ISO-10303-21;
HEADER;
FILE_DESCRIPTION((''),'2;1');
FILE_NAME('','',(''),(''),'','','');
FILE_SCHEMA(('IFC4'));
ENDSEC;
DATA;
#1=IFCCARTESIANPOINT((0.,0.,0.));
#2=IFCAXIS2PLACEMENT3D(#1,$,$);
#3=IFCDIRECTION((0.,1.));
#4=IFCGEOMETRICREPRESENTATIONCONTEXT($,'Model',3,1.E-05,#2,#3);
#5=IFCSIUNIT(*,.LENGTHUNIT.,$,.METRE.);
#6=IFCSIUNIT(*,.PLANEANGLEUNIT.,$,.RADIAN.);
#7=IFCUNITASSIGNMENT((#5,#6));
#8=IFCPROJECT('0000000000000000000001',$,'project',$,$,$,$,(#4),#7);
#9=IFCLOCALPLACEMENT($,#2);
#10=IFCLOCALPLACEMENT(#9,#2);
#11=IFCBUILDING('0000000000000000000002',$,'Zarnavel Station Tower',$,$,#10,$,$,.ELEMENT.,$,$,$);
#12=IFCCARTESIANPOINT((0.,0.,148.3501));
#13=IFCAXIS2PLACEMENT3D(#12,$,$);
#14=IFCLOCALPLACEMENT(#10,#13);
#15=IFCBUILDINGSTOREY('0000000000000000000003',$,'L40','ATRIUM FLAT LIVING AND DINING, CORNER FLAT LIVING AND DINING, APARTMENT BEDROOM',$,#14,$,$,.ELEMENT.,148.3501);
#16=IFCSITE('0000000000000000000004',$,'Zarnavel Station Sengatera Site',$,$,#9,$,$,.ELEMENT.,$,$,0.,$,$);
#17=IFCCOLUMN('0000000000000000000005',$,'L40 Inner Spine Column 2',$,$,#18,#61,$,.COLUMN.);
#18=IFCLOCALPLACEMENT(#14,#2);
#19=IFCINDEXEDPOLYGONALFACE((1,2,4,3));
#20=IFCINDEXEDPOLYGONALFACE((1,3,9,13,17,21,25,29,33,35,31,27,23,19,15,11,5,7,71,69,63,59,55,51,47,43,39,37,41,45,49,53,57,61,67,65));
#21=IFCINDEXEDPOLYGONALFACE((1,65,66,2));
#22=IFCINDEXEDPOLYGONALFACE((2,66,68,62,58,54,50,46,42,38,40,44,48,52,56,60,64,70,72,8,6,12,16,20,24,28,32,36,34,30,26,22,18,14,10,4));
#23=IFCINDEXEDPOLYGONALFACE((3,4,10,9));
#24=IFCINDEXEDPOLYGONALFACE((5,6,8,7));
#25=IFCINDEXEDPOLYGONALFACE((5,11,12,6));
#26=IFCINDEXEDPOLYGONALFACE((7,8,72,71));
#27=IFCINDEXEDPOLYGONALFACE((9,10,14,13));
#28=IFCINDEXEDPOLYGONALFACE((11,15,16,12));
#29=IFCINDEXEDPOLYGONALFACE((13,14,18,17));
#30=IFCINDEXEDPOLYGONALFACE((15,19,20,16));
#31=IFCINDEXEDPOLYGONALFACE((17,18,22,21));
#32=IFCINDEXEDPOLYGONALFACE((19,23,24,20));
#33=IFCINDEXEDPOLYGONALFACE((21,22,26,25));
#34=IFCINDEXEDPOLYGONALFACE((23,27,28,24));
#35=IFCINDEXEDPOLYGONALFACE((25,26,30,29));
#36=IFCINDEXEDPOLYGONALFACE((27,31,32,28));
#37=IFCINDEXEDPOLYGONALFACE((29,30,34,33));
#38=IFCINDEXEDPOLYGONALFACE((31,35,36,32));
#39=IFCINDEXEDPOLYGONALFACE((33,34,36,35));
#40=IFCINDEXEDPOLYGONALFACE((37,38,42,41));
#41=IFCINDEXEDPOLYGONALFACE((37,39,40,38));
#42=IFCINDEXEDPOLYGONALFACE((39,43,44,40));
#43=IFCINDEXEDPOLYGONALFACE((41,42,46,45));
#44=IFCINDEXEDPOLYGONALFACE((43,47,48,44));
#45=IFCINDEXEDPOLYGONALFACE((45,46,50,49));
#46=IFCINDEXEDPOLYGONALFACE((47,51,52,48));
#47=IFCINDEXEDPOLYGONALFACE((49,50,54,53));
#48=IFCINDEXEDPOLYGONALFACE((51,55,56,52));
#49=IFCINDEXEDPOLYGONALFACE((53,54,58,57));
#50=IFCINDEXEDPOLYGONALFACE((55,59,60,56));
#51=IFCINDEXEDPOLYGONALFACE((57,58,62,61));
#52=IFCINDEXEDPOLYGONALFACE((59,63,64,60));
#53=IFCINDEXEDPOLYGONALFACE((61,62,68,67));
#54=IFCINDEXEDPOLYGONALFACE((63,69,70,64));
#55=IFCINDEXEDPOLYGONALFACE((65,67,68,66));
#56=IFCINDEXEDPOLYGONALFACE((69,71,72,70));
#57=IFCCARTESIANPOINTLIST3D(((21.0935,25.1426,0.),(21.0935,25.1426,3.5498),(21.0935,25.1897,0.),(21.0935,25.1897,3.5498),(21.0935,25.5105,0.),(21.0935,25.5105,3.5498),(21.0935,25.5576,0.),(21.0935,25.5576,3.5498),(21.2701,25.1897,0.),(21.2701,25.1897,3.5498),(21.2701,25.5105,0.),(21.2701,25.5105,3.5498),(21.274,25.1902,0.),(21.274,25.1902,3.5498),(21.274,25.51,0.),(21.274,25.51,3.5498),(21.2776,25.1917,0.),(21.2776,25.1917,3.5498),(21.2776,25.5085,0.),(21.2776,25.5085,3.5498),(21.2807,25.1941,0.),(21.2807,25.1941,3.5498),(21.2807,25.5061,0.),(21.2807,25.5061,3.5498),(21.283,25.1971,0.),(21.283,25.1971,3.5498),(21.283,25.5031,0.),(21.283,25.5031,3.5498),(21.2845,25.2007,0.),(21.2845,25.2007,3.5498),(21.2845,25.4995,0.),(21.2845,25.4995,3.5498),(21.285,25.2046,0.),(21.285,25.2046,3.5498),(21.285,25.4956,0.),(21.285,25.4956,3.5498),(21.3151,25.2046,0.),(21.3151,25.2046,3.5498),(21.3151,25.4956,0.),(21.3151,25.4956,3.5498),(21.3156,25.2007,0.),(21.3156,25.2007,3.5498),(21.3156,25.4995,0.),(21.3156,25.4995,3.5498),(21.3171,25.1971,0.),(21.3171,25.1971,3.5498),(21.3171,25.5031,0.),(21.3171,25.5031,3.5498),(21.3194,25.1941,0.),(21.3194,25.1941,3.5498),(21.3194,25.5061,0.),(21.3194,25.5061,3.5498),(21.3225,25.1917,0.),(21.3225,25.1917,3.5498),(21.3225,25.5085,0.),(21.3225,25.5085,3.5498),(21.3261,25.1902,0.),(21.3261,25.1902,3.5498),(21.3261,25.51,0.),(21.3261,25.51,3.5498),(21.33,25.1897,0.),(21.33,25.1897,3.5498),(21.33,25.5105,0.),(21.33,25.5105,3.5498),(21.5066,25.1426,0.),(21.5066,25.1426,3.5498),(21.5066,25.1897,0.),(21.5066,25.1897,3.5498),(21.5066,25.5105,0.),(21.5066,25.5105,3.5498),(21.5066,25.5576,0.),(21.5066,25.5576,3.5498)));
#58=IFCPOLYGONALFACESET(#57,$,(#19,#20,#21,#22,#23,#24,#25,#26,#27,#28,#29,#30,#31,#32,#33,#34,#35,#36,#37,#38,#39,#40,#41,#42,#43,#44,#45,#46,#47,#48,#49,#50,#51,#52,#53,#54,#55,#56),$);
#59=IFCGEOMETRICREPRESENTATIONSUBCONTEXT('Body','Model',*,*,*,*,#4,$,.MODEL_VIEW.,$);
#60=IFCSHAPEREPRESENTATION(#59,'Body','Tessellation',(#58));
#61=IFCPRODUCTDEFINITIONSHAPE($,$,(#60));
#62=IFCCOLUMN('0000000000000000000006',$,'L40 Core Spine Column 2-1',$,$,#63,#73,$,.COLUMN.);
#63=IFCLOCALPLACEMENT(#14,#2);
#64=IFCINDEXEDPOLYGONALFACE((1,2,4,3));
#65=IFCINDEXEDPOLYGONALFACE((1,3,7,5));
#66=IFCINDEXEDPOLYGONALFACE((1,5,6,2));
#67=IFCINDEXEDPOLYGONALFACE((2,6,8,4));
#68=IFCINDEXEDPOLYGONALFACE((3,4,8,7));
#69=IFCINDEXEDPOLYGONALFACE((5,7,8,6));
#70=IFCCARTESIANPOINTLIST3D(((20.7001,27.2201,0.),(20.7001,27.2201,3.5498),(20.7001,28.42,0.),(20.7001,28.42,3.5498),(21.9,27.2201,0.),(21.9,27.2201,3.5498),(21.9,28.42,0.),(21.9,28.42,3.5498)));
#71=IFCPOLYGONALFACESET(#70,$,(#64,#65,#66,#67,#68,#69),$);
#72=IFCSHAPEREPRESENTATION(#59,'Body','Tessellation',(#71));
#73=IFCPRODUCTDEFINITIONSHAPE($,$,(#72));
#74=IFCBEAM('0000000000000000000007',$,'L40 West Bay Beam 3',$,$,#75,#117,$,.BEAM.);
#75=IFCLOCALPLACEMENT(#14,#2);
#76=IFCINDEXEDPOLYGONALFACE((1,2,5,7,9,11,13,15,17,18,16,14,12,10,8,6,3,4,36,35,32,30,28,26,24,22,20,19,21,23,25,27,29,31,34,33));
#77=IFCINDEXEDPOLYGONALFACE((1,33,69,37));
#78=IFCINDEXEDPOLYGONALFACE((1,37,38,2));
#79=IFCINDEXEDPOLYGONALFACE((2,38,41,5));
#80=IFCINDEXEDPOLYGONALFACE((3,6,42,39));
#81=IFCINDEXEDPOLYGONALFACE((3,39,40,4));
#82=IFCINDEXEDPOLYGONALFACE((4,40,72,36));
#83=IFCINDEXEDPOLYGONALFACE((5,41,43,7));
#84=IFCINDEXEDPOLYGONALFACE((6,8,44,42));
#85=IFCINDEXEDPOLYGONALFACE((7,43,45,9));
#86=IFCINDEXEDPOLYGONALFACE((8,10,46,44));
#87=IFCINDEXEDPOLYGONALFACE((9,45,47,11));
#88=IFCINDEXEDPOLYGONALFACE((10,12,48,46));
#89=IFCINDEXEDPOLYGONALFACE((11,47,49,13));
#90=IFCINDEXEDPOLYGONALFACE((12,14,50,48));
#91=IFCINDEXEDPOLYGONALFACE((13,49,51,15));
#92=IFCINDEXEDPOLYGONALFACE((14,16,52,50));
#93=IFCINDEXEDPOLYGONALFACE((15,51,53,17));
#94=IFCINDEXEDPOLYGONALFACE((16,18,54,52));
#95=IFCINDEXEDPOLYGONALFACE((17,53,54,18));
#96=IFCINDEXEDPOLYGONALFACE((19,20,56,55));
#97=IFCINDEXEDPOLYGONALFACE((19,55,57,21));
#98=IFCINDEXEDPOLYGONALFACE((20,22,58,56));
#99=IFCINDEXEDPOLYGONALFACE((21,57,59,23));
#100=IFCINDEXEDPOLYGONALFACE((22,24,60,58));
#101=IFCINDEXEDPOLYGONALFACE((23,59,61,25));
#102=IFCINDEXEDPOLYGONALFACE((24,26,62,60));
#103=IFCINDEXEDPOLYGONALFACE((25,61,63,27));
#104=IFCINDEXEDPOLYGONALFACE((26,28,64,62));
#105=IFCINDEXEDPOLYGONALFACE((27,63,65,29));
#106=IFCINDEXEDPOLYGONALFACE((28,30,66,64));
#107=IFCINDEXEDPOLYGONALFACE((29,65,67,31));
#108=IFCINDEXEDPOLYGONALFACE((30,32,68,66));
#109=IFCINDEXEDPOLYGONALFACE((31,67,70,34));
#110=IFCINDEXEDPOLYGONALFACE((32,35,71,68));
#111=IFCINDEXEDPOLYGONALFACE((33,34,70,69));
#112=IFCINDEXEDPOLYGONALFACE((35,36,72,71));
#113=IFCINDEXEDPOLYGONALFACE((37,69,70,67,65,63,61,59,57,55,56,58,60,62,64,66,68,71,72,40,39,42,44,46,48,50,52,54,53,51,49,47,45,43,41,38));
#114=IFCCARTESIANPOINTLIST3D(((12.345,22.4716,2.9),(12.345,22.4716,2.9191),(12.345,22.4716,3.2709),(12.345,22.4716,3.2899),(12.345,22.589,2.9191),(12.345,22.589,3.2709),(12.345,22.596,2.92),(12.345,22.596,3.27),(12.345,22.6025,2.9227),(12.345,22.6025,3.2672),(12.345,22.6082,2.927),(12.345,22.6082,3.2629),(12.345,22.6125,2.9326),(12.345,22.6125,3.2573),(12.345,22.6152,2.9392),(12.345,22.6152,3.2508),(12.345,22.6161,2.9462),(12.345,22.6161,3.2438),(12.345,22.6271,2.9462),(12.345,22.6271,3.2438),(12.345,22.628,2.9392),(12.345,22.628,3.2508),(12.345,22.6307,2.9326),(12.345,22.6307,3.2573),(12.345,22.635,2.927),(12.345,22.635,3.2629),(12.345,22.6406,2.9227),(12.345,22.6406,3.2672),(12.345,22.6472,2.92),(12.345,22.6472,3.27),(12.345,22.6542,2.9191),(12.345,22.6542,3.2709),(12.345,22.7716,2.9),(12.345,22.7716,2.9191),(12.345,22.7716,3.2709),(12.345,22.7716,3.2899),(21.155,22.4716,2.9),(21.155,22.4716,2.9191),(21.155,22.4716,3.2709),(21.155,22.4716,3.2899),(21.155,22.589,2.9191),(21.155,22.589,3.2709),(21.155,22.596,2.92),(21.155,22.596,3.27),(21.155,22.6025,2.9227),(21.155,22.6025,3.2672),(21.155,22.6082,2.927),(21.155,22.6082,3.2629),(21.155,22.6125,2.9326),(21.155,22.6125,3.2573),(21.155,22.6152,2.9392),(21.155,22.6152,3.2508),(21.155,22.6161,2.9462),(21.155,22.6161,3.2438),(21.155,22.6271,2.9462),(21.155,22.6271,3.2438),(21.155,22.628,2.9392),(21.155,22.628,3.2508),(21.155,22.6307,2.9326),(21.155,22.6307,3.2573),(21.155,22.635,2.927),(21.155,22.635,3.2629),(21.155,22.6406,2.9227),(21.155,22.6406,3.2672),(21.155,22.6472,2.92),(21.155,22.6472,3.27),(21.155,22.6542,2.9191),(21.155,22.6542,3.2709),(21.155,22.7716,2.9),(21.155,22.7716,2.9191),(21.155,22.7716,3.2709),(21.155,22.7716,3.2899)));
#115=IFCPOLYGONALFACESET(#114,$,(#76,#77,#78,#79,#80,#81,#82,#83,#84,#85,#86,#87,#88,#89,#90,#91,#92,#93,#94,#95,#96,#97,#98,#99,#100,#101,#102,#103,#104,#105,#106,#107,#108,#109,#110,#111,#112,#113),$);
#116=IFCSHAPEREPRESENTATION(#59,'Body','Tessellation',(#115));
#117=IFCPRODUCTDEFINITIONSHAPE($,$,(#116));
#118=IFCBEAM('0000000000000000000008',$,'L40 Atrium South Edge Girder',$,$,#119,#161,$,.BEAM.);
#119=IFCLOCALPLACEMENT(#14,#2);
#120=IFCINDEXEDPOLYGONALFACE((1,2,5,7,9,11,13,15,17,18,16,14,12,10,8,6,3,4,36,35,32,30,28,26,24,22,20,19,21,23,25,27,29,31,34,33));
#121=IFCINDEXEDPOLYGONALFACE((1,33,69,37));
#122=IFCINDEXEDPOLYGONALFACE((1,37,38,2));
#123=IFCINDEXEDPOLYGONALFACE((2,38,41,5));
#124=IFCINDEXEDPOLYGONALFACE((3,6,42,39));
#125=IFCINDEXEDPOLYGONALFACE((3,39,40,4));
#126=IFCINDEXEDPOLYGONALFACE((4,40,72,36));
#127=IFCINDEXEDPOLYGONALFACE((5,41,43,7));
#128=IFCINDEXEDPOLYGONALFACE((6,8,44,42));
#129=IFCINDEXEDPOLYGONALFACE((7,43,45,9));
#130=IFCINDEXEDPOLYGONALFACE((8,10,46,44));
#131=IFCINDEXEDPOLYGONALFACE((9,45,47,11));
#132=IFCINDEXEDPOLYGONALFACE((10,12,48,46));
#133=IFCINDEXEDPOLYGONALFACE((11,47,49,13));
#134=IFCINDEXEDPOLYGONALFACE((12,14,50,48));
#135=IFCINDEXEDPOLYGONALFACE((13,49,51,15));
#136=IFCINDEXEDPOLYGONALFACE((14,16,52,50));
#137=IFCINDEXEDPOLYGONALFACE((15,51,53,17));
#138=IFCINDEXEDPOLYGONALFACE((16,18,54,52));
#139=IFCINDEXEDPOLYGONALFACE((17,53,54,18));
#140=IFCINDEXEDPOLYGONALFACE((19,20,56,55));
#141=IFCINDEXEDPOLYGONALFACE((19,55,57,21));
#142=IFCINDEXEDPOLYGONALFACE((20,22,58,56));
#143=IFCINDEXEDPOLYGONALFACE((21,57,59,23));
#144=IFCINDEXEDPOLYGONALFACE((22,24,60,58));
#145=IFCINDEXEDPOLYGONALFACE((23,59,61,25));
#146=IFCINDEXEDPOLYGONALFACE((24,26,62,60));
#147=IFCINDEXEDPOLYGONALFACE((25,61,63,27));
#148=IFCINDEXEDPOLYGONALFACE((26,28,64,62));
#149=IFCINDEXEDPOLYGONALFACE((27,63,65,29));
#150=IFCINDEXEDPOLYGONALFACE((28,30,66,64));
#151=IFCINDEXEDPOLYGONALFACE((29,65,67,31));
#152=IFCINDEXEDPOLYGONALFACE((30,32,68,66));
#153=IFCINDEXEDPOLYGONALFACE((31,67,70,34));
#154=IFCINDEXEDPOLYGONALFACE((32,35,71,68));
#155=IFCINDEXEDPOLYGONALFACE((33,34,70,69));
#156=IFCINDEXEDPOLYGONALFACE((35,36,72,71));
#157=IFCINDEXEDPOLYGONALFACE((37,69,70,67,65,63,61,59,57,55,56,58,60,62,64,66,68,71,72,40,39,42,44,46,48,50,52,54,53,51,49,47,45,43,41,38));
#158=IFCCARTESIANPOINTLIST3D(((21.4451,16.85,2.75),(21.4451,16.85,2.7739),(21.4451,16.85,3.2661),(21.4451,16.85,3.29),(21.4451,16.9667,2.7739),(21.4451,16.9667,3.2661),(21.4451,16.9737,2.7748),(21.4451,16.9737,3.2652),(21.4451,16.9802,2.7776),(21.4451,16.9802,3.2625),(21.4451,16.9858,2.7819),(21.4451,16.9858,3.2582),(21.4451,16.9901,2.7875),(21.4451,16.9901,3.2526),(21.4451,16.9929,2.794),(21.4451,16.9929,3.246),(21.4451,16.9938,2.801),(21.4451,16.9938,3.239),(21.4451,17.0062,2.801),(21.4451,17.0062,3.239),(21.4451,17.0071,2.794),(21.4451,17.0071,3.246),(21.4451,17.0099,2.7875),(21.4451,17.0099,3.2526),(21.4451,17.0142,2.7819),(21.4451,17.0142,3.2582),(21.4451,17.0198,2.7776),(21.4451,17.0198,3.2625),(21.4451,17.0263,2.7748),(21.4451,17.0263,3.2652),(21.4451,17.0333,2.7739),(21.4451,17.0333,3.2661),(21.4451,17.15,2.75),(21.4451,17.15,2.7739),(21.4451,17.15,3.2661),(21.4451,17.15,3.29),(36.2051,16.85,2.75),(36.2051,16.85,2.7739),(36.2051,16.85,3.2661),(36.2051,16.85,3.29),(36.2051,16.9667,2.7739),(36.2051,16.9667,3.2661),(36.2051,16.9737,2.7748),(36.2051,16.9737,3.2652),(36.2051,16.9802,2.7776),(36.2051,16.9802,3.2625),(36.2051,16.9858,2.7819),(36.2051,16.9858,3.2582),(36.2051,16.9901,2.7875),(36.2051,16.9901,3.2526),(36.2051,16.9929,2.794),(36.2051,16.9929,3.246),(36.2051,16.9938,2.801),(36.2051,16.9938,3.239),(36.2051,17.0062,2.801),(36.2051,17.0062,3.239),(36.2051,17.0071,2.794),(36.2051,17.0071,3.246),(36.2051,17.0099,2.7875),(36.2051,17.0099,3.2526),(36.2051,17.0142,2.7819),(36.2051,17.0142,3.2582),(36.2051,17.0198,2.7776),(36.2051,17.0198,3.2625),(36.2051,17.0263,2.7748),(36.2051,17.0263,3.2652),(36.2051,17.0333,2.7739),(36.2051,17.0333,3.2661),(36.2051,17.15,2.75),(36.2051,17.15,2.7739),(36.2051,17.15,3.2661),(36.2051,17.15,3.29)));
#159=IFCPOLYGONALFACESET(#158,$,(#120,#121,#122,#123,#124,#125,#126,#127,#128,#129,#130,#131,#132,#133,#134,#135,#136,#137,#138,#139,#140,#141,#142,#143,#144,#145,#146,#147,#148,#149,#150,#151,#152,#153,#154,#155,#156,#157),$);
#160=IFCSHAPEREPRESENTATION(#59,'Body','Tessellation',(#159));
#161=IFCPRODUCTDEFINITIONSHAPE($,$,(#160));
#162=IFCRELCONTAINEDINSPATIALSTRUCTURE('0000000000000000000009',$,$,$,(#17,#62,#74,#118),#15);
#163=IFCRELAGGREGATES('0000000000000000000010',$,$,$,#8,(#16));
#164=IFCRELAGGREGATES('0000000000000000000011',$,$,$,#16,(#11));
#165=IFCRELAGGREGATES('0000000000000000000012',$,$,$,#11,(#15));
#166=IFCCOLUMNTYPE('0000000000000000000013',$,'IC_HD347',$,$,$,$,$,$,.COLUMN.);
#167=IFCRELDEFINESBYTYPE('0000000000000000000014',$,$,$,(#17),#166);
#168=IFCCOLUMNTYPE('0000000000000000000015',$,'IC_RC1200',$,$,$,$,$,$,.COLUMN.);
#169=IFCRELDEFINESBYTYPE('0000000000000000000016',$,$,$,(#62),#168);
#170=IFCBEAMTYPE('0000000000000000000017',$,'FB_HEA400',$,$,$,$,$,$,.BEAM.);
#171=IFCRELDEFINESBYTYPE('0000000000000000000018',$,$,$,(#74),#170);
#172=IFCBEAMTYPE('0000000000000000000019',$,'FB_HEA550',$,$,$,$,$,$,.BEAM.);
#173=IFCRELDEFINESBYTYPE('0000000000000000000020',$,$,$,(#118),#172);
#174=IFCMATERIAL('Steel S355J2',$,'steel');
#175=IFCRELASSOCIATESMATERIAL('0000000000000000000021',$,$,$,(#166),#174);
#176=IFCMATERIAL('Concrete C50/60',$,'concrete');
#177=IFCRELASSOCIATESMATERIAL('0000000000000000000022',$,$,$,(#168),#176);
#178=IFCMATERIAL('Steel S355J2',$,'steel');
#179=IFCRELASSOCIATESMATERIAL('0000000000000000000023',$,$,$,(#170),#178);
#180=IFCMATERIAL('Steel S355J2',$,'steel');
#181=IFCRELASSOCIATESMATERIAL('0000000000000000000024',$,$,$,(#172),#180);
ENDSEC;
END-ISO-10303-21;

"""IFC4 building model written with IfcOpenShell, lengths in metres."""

from ifc_helpers import new_model, si_unit, direction, frame, origin, origin_2d, place, context, subcontext, project, spatial, rectangle, i_section, extrude, material, material_profile, profile_set, type_object, element, save


model = new_model("IFC4")

# Units and contexts
model_context = context("Model", 3, precision=1e-05, world=origin(), true_north=direction((0.0, 1.0)))
body_context = subcontext(model_context, "Body", "Model", "MODEL_VIEW")
ifc_project = project(units=[si_unit("LENGTHUNIT", "METRE"), si_unit("PLANEANGLEUNIT", "RADIAN")], contexts=[model_context])

# Site, building, storey
site_placement = place(None, origin())
site = spatial("IfcSite", under=ifc_project, at=site_placement, Name="Zarnavel Station Sengatera Site", CompositionType="ELEMENT", RefElevation=0.0)
building_placement = place(site_placement, origin())
building = spatial("IfcBuilding", under=site, at=building_placement, Name="Zarnavel Station Tower", CompositionType="ELEMENT")
storey_placement = place(building_placement, frame((0.0, 0.0, 148.3501)))
storey = spatial("IfcBuildingStorey", under=building, at=storey_placement, Name="L40", Description="ATRIUM FLAT LIVING AND DINING, CORNER FLAT LIVING AND DINING, APARTMENT BEDROOM", CompositionType="ELEMENT", Elevation=148.3501)

# Columns
ifc_material_1 = material(Name="Steel S355J2", Category="steel")
ifc_material_profile_1 = material_profile(ifc_material_1, i_section(OverallWidth=0.4131, OverallDepth=0.415, WebThickness=0.03, FlangeThickness=0.0471, FilletRadius=0.0149, at=origin_2d()), Name="HD400x347")
ifc_profile_set_1 = profile_set([ifc_material_profile_1], Name="Steel S355J2")
column_type_1 = type_object("IfcColumnType", Name="IC_HD347", PredefinedType="COLUMN", material=ifc_profile_set_1)
column_1_placement = place(storey_placement, frame((21.3, 25.3501, 0.0), z_axis=(0.0, 0.0, 1.0), x_axis=(1.0, 0.0, 0.0)))
element("IfcColumn", 1, at=column_1_placement, inside=storey, type_object=column_type_1, Name="L40 Inner Spine Column 2", PredefinedType="COLUMN", context=body_context, shape_type="SweptSolid", body=[
    extrude(i_section(OverallWidth=0.4131, OverallDepth=0.415, WebThickness=0.03, FlangeThickness=0.0471, FilletRadius=0.0149, at=origin_2d()), origin(), (0.0, 0.0, 1.0), 3.5498),
])
ifc_material_2 = material(Name="Concrete C50/60", Category="concrete")
ifc_material_profile_2 = material_profile(ifc_material_2, rectangle(XDim=1.2, YDim=1.2, at=origin_2d()), Name="RC1200x1200")
ifc_profile_set_2 = profile_set([ifc_material_profile_2], Name="Concrete C50/60")
column_type_2 = type_object("IfcColumnType", Name="IC_RC1200", PredefinedType="COLUMN", material=ifc_profile_set_2)
column_2_placement = place(storey_placement, frame((21.3, 27.8201, 0.0), z_axis=(0.0, 0.0, 1.0), x_axis=(1.0, 0.0, 0.0)))
element("IfcColumn", 2, at=column_2_placement, inside=storey, type_object=column_type_2, Name="L40 Core Spine Column 2-1", PredefinedType="COLUMN", context=body_context, shape_type="SweptSolid", body=[
    extrude(rectangle(XDim=1.2, YDim=1.2, at=origin_2d()), origin(), (0.0, 0.0, 1.0), 3.5498),
])

# Beams
ifc_material_3 = material(Name="Steel S355J2", Category="steel")
ifc_material_profile_3 = material_profile(ifc_material_3, i_section(OverallWidth=0.3, OverallDepth=0.3899, WebThickness=0.011, FlangeThickness=0.019, FilletRadius=0.0271, at=origin_2d()), Name="HEA400")
ifc_profile_set_3 = profile_set([ifc_material_profile_3], Name="Steel S355J2")
beam_type_1 = type_object("IfcBeamType", Name="FB_HEA400", PredefinedType="BEAM", material=ifc_profile_set_3)
beam_1_placement = place(storey_placement, frame((12.345, 22.6216, 3.095), z_axis=(1.0, 0.0, 0.0), x_axis=(0.0, 1.0, 0.0)))
element("IfcBeam", 3, at=beam_1_placement, inside=storey, type_object=beam_type_1, Name="L40 West Bay Beam 3", PredefinedType="BEAM", context=body_context, shape_type="SweptSolid", body=[
    extrude(i_section(OverallWidth=0.3, OverallDepth=0.3899, WebThickness=0.011, FlangeThickness=0.019, FilletRadius=0.0271, at=origin_2d()), origin(), (0.0, 0.0, 1.0), 8.8101),
])
ifc_material_4 = material(Name="Steel S355J2", Category="steel")
ifc_material_profile_4 = material_profile(ifc_material_4, i_section(OverallWidth=0.3, OverallDepth=0.54, WebThickness=0.0125, FlangeThickness=0.0239, FilletRadius=0.0271, at=origin_2d()), Name="HEA550")
ifc_profile_set_4 = profile_set([ifc_material_profile_4], Name="Steel S355J2")
beam_type_2 = type_object("IfcBeamType", Name="FB_HEA550", PredefinedType="BEAM", material=ifc_profile_set_4)
beam_2_placement = place(storey_placement, frame((21.4451, 17.0, 3.02), z_axis=(1.0, 0.0, 0.0), x_axis=(0.0, 1.0, 0.0)))
element("IfcBeam", 4, at=beam_2_placement, inside=storey, type_object=beam_type_2, Name="L40 Atrium South Edge Girder", PredefinedType="BEAM", context=body_context, shape_type="SweptSolid", body=[
    extrude(i_section(OverallWidth=0.3, OverallDepth=0.54, WebThickness=0.0125, FlangeThickness=0.0239, FilletRadius=0.0271, at=origin_2d()), origin(), (0.0, 0.0, 1.0), 14.76),
])

save(model, "model.ifc")
